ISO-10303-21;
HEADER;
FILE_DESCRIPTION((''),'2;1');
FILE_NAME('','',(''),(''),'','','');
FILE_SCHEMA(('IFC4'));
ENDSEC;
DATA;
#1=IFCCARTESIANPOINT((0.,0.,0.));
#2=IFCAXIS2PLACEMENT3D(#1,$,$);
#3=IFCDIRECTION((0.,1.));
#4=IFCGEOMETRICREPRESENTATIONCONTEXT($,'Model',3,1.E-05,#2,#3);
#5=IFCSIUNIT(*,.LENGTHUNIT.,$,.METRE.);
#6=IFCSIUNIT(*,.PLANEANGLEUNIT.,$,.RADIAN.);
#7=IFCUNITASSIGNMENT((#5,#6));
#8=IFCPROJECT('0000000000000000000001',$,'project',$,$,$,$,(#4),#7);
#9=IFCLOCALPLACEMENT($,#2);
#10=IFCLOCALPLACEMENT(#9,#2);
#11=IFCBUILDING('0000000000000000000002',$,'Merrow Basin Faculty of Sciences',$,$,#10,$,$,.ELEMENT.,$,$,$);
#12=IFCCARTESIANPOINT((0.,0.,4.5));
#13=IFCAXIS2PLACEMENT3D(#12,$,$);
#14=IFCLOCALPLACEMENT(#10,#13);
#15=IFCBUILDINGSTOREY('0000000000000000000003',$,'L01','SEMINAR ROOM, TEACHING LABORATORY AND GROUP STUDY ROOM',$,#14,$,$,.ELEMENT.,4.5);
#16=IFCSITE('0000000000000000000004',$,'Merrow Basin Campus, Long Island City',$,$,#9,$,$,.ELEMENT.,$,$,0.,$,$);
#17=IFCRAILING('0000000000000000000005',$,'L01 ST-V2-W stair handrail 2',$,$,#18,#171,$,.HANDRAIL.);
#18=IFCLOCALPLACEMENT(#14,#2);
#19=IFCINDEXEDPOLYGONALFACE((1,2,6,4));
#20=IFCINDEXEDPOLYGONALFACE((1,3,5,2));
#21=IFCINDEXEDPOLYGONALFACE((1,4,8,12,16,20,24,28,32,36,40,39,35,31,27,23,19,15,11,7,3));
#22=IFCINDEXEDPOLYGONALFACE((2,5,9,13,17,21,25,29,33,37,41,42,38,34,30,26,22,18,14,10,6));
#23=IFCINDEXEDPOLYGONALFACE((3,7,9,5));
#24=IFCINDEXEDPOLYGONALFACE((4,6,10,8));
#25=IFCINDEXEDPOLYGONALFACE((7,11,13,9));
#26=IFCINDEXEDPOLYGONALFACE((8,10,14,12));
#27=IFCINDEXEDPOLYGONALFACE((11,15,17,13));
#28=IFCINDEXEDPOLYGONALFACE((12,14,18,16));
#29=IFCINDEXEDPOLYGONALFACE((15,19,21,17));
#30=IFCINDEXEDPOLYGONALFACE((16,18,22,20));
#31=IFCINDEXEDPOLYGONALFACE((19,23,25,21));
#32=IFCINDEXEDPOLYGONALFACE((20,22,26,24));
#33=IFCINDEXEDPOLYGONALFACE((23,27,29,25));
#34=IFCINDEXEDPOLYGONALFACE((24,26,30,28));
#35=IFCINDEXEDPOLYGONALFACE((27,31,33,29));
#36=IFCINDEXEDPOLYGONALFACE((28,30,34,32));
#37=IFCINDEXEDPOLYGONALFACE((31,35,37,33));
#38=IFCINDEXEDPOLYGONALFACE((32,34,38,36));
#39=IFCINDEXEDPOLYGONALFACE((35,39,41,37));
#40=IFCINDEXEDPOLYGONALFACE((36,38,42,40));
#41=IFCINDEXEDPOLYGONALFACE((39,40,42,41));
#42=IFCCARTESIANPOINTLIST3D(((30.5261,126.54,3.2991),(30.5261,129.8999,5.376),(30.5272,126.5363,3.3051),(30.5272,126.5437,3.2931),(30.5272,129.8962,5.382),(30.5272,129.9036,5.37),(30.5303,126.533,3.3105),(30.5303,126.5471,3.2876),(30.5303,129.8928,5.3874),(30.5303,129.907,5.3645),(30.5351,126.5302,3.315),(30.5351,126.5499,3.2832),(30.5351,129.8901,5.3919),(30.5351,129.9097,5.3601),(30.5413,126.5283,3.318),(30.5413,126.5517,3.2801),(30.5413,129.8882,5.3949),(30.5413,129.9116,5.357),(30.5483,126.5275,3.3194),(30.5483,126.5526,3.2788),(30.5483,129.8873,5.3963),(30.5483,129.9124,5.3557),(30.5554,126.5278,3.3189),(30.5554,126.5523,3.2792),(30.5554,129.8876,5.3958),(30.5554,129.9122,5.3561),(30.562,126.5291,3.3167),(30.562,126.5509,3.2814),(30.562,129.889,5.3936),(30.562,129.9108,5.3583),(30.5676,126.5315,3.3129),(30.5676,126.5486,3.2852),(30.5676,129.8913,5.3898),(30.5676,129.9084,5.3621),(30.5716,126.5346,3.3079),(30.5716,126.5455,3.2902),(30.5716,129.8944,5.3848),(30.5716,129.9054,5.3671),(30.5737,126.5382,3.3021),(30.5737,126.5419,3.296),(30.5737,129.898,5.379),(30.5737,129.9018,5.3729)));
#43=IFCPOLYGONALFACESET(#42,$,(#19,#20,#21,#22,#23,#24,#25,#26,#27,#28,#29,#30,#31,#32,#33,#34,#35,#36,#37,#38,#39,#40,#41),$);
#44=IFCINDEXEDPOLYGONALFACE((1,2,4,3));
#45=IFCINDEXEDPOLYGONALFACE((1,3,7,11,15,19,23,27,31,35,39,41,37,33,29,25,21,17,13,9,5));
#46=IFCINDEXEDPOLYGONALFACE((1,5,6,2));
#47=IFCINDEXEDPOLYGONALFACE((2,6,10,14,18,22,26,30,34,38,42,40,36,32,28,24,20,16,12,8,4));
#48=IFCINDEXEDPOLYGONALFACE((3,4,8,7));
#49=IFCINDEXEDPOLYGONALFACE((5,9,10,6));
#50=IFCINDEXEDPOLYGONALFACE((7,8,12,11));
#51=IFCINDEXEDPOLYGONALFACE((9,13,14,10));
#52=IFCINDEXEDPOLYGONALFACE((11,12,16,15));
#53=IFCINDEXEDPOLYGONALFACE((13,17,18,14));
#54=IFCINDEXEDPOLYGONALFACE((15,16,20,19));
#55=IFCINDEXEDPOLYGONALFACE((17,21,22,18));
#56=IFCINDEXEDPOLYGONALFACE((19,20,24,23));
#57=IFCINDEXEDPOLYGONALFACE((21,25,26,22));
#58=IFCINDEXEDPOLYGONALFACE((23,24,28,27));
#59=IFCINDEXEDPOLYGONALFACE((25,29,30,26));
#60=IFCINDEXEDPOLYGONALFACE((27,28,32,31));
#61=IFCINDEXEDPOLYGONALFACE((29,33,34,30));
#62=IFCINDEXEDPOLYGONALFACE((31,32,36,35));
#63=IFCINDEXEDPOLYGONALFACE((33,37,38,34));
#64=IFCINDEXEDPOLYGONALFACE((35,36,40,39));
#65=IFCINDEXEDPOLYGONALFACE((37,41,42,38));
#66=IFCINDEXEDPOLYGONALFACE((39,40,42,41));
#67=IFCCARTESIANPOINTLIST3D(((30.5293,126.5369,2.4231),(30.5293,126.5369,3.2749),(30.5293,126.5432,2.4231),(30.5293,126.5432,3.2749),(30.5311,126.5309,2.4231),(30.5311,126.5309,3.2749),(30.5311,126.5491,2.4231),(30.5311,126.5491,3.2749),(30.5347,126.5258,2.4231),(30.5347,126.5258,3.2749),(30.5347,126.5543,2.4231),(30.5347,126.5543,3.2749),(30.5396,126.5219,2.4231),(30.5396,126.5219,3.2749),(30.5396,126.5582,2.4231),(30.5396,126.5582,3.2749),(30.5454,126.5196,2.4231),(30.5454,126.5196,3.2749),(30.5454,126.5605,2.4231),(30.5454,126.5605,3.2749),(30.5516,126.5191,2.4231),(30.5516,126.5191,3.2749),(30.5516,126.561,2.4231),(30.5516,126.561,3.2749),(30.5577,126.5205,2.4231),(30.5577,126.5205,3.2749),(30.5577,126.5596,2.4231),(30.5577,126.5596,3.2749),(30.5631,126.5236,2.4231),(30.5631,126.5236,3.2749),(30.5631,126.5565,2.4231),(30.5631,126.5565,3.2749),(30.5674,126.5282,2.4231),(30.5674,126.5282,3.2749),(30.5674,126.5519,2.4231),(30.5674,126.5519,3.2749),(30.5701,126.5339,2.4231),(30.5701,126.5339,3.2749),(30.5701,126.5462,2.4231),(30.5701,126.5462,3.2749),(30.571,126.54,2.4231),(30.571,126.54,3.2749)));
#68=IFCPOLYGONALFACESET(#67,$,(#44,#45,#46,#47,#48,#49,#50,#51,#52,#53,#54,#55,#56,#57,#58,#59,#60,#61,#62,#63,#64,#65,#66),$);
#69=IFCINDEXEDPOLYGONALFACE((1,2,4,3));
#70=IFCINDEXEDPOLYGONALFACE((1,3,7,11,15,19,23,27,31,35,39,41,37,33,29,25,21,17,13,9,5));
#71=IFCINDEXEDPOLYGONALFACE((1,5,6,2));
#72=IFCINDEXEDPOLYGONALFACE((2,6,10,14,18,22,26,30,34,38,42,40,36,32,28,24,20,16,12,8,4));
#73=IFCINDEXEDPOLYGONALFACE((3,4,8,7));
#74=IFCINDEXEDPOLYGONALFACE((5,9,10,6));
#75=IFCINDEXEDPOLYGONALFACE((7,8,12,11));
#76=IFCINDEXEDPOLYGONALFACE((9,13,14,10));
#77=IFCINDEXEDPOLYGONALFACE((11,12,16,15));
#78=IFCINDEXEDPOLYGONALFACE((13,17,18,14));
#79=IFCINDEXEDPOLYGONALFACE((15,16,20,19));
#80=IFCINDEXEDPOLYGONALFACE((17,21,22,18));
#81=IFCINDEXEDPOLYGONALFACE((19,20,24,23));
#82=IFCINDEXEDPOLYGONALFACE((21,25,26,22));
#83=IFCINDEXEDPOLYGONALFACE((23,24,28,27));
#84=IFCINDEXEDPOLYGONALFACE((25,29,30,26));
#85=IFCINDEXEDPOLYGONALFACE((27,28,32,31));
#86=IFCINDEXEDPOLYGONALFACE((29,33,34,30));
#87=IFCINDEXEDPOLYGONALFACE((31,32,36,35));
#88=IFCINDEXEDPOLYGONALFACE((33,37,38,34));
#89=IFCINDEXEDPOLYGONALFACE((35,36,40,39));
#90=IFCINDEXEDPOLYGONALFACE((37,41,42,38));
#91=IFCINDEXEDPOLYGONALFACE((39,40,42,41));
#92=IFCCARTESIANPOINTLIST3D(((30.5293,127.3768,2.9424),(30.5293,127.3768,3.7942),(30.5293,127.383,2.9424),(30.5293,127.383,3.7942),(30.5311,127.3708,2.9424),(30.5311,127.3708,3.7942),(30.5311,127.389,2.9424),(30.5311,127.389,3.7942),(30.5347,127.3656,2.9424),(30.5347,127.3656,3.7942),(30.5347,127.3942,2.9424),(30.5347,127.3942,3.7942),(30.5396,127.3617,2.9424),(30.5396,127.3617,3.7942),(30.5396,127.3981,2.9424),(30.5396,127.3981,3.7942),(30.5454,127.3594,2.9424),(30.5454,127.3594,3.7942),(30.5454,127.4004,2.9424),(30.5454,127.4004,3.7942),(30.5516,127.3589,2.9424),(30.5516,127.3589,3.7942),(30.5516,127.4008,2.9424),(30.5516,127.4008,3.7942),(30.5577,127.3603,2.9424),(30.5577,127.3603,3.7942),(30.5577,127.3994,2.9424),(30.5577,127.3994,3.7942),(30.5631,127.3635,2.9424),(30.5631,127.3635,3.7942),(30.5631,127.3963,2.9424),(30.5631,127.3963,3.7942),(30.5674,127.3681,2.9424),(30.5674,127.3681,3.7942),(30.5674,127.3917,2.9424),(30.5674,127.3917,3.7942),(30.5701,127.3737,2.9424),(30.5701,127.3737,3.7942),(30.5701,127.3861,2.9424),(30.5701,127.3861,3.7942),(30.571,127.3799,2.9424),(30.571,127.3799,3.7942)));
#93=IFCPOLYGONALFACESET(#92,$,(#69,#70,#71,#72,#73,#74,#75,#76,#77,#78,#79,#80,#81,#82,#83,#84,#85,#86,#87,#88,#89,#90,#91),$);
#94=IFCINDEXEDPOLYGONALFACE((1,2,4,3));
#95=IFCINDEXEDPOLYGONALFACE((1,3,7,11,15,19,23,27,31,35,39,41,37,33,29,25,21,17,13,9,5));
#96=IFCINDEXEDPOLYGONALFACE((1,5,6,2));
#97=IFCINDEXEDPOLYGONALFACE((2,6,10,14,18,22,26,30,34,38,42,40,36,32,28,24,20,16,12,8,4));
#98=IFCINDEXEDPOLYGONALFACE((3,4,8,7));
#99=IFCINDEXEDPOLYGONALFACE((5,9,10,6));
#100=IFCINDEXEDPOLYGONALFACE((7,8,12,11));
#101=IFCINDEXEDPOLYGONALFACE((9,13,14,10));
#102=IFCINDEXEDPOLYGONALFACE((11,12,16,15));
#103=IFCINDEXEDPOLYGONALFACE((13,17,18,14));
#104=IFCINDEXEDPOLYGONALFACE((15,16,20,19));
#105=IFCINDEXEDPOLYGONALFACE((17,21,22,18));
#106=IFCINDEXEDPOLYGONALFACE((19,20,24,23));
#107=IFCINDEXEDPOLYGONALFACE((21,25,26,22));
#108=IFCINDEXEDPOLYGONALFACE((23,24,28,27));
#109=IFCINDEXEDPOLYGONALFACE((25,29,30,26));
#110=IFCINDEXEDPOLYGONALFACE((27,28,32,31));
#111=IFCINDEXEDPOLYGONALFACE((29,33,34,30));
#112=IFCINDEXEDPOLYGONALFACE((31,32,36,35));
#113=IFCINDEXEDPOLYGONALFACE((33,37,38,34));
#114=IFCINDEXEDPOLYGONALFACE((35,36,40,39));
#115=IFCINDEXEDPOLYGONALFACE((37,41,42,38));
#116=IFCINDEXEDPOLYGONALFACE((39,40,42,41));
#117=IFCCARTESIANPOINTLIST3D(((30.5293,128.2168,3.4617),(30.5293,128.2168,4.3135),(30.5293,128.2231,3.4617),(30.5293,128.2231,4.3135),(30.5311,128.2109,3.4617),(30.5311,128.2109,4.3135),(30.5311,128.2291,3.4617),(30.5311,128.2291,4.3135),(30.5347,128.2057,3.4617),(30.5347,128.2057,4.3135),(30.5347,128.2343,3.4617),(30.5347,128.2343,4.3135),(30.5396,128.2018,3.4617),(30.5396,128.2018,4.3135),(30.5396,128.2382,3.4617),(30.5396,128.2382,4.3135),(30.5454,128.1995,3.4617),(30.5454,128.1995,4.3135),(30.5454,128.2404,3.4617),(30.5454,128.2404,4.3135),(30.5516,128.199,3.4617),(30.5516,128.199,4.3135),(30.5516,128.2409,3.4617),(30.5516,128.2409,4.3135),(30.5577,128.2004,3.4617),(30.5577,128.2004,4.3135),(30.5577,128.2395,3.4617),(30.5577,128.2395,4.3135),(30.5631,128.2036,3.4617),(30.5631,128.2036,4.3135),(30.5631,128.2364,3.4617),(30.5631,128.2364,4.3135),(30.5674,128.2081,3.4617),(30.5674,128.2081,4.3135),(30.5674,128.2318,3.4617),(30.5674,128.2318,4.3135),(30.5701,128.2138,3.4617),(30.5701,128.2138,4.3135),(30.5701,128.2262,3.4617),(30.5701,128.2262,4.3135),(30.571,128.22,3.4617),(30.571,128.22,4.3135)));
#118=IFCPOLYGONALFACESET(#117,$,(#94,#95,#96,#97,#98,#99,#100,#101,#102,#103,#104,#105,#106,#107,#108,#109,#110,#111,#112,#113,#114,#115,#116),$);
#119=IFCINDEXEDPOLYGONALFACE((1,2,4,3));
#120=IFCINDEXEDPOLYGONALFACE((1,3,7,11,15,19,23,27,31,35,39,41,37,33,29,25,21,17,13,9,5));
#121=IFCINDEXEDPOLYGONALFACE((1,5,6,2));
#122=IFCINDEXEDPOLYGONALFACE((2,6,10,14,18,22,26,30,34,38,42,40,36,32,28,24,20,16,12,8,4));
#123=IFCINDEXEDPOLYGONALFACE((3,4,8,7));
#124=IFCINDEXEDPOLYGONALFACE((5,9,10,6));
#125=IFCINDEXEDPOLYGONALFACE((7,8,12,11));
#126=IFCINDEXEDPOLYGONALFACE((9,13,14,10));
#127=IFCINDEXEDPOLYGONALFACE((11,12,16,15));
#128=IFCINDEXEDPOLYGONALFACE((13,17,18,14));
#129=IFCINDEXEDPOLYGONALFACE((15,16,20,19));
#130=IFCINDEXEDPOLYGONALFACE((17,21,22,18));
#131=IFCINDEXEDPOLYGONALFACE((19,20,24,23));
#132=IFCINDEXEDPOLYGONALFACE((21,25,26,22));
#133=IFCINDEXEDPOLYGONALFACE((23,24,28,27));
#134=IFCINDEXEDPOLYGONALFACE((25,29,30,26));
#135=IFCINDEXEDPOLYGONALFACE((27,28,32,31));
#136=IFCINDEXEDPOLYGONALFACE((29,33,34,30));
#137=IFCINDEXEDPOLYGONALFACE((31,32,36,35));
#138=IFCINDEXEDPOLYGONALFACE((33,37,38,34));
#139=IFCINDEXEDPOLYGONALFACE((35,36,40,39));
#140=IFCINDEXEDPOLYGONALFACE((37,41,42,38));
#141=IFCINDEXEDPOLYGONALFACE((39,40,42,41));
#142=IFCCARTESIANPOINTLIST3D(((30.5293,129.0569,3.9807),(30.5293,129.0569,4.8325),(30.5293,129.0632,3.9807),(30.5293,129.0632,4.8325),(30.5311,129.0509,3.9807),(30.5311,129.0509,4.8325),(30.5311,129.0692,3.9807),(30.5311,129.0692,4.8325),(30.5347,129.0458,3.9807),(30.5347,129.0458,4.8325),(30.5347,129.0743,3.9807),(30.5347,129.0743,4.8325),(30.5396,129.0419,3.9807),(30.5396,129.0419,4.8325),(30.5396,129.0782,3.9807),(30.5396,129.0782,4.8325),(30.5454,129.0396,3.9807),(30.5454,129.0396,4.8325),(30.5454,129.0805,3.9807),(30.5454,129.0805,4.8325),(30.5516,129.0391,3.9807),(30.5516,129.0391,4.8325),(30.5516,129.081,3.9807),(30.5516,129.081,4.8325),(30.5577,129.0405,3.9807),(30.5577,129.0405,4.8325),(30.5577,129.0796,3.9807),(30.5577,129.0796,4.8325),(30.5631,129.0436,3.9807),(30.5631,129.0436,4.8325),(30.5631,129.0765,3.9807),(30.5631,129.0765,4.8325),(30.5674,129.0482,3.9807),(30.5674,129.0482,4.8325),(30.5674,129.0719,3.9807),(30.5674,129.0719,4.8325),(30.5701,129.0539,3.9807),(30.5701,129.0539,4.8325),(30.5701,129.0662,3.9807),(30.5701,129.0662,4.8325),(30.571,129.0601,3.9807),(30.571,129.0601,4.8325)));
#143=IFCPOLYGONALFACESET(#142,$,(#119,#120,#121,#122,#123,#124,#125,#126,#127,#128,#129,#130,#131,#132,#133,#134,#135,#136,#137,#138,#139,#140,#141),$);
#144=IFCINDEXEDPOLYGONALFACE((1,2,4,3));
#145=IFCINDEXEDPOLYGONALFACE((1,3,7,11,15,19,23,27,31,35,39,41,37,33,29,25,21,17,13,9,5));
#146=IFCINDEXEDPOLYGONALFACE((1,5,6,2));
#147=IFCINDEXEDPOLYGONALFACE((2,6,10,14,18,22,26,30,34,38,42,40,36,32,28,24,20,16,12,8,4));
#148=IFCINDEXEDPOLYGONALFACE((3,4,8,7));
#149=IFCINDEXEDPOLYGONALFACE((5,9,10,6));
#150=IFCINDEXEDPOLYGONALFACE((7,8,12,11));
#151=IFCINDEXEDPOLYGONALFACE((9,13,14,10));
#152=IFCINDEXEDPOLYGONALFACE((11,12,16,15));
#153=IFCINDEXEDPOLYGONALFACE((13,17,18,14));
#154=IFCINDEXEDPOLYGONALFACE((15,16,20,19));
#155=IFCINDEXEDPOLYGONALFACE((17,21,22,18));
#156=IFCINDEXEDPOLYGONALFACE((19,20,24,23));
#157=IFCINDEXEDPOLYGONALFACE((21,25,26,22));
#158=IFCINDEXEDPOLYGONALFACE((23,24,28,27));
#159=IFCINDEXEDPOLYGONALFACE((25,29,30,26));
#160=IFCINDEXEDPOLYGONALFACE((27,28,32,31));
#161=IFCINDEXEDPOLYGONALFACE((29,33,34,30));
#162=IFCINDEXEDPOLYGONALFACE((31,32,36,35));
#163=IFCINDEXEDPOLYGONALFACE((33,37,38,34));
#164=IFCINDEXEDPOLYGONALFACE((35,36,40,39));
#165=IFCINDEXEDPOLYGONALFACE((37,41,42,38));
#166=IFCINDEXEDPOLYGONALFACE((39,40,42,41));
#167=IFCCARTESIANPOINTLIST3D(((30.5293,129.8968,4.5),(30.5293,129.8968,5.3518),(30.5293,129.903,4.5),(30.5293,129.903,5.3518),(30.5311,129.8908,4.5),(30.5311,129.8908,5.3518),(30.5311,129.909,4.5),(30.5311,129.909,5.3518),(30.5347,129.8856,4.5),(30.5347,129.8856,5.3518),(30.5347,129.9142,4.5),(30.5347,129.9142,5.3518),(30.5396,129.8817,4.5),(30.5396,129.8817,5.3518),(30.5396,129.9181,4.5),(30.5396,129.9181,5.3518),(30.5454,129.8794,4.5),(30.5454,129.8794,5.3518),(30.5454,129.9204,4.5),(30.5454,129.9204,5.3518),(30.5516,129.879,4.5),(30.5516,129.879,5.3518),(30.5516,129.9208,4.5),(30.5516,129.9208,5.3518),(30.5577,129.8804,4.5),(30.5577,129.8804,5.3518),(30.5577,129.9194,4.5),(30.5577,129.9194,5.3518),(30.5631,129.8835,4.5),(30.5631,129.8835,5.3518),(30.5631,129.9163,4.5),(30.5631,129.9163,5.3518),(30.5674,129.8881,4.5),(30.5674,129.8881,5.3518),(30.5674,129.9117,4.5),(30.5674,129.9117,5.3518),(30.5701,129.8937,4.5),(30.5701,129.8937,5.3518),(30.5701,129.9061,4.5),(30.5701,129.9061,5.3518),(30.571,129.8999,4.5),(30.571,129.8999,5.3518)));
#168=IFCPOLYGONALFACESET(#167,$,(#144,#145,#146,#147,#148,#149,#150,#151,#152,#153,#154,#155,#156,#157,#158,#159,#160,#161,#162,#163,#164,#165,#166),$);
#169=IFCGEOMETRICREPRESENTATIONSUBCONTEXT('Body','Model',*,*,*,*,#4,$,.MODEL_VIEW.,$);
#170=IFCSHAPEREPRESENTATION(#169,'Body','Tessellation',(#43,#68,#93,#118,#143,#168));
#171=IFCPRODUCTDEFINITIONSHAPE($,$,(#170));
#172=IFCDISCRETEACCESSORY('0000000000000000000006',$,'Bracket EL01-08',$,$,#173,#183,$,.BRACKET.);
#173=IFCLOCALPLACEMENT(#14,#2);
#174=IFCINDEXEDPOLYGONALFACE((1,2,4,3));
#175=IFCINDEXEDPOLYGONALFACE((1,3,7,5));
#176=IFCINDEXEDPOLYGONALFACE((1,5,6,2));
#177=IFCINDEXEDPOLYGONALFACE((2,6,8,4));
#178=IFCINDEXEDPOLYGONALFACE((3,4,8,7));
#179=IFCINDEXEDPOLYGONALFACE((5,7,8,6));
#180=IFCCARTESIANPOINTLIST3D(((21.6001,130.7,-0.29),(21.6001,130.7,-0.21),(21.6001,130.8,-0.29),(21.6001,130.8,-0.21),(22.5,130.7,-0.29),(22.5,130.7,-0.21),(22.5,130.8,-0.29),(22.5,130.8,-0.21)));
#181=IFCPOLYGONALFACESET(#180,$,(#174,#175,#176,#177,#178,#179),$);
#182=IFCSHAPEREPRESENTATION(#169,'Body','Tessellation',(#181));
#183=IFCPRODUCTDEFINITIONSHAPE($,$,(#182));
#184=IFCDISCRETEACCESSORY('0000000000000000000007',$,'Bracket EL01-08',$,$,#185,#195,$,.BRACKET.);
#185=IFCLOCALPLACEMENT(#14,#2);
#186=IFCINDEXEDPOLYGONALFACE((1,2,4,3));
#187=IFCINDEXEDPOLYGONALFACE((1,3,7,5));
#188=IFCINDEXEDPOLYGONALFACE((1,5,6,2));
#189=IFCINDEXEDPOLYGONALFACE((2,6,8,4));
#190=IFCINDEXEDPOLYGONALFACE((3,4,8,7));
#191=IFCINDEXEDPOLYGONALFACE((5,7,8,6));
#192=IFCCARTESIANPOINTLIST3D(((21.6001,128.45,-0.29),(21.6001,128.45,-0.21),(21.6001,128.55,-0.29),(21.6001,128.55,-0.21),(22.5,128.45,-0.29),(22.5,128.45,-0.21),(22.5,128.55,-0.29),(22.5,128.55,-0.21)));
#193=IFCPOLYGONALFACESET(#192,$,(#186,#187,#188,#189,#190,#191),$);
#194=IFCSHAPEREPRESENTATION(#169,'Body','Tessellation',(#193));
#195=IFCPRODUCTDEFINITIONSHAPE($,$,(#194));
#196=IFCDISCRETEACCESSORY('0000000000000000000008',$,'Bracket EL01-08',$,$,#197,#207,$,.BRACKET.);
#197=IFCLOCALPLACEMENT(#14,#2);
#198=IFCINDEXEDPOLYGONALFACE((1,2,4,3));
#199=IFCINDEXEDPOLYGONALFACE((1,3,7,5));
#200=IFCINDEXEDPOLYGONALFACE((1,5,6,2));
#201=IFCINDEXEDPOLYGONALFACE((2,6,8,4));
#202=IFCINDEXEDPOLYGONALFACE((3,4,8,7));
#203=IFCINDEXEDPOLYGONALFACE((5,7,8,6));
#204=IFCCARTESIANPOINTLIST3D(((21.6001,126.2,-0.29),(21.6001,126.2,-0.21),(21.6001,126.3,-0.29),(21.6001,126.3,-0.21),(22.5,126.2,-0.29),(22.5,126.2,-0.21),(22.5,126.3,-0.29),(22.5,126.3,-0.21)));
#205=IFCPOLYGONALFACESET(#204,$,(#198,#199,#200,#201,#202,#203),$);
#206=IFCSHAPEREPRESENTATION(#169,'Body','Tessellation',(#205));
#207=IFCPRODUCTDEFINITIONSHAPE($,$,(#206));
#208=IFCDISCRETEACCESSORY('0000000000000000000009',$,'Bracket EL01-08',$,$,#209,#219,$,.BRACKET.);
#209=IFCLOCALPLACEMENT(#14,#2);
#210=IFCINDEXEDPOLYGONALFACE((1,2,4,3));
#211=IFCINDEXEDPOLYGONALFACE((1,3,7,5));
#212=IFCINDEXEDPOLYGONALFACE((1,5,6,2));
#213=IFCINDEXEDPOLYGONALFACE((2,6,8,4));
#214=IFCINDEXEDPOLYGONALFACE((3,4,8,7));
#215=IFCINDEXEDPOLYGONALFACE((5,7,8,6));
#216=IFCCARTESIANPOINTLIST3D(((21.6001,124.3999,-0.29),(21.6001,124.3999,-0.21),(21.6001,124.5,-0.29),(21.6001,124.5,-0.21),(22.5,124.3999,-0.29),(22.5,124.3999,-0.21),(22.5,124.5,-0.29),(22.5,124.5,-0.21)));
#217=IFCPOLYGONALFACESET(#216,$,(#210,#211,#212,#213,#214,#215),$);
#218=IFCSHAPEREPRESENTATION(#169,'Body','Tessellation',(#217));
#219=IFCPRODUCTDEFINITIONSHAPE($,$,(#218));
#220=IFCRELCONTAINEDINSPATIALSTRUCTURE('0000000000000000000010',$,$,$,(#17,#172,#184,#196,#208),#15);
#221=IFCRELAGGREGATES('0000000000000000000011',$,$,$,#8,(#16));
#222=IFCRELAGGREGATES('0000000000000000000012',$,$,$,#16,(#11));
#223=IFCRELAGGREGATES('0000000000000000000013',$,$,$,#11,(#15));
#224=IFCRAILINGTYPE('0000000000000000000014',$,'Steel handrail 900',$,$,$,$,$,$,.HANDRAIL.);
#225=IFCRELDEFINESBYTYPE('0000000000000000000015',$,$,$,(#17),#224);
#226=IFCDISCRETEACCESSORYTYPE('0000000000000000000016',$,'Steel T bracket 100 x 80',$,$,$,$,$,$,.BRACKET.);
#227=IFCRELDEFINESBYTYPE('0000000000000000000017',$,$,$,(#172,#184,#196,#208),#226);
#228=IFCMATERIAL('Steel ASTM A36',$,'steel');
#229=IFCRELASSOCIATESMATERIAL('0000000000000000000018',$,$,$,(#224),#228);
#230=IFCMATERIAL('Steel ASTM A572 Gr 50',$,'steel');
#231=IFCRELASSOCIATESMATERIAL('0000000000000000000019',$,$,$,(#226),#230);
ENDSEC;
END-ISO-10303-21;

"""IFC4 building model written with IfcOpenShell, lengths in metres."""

from ifc_helpers import new_model, si_unit, direction, frame, origin, origin_2d, place, context, subcontext, project, spatial, polyline, circle, outline, extrude, source, transform, mapped, material, type_object, element, save


model = new_model("IFC4")

# Units and contexts
model_context = context("Model", 3, precision=1e-05, world=origin(), true_north=direction((0.0, 1.0)))
body_context = subcontext(model_context, "Body", "Model", "MODEL_VIEW")
ifc_project = project(units=[si_unit("LENGTHUNIT", "METRE"), si_unit("PLANEANGLEUNIT", "RADIAN")], contexts=[model_context])

# Site, building, storey
site_placement = place(None, origin())
site = spatial("IfcSite", under=ifc_project, at=site_placement, Name="Merrow Basin Campus, Long Island City", CompositionType="ELEMENT", RefElevation=0.0)
building_placement = place(site_placement, origin())
building = spatial("IfcBuilding", under=site, at=building_placement, Name="Merrow Basin Faculty of Sciences", CompositionType="ELEMENT")
storey_placement = place(building_placement, frame((0.0, 0.0, 4.5)))
storey = spatial("IfcBuildingStorey", under=building, at=storey_placement, Name="L01", Description="SEMINAR ROOM, TEACHING LABORATORY AND GROUP STUDY ROOM", CompositionType="ELEMENT", Elevation=4.5)

# Railing
ifc_material_1 = material(Name="Steel ASTM A36", Category="steel")
railing_type_1 = type_object("IfcRailingType", Name="Steel handrail 900", PredefinedType="HANDRAIL", material=ifc_material_1)
railing_1_placement = place(storey_placement, frame((30.55, 126.54, 2.4231)))
element("IfcRailing", 1, at=railing_1_placement, inside=storey, type_object=railing_type_1, Name="L01 ST-V2-W stair handrail 2", PredefinedType="HANDRAIL", context=body_context, shape_type="SweptSolid", body=[
    extrude(circle(Radius=0.0239, at=origin_2d()), frame((0.0, 0.0, 0.876), z_axis=(0.0, 0.850606, 0.525803), x_axis=(-1.0, 0.0, 0.0)), (0.0, 0.0, 1.0), 3.95),
    extrude(circle(Radius=0.021, at=origin_2d()), origin(), (0.0, 0.0, 1.0), 0.8518),
    extrude(circle(Radius=0.021, at=origin_2d()), frame((0.0, 0.8398, 0.5193)), (0.0, 0.0, 1.0), 0.8518),
    extrude(circle(Radius=0.021, at=origin_2d()), frame((0.0, 1.6799, 1.0386)), (0.0, 0.0, 1.0), 0.8518),
    extrude(circle(Radius=0.021, at=origin_2d()), frame((0.0, 2.52, 1.5576)), (0.0, 0.0, 1.0), 0.8518),
    extrude(circle(Radius=0.021, at=origin_2d()), frame((0.0, 3.3599, 2.0769)), (0.0, 0.0, 1.0), 0.8518),
])

# Discrete accessories
ifc_material_2 = material(Name="Steel ASTM A572 Gr 50", Category="steel")
discrete_accessory_type = type_object("IfcDiscreteAccessoryType", Name="Steel T bracket 100 x 80", PredefinedType="BRACKET", material=ifc_material_2)
shared_shape = source(origin(), body_context, "Body", "SweptSolid", [
    extrude(outline(polyline([(0.0, 0.0), (0.1001, 0.0), (0.1001, 0.0801), (0.0, 0.0801), (0.0, 0.0)])), origin(), (0.0, 0.0, 1.0), 0.8999),
])
for number, where, z_axis, x_axis, name in (
    (2, (22.5, 130.8, -0.29), (-1.0, 0.0, 0.0), (0.0, -1.0, 0.0), "Bracket EL01-08"),
    (3, (22.5, 128.55, -0.29), (-1.0, 0.0, 0.0), (0.0, -1.0, 0.0), "Bracket EL01-08"),
    (4, (22.5, 126.3, -0.29), (-1.0, 0.0, 0.0), (0.0, -1.0, 0.0), "Bracket EL01-08"),
    (5, (22.5, 124.5, -0.29), (-1.0, 0.0, 0.0), (0.0, -1.0, 0.0), "Bracket EL01-08"),
):
    element("IfcDiscreteAccessory", number, at=place(storey_placement, frame(where, z_axis=z_axis, x_axis=x_axis)), inside=storey, type_object=discrete_accessory_type, Name=name, PredefinedType="BRACKET", context=body_context, shape_type="MappedRepresentation", body=[
        mapped(shared_shape, transform((0.0, 0.0, 0.0), scale=1.0)),
    ])

save(model, "model.ifc")
